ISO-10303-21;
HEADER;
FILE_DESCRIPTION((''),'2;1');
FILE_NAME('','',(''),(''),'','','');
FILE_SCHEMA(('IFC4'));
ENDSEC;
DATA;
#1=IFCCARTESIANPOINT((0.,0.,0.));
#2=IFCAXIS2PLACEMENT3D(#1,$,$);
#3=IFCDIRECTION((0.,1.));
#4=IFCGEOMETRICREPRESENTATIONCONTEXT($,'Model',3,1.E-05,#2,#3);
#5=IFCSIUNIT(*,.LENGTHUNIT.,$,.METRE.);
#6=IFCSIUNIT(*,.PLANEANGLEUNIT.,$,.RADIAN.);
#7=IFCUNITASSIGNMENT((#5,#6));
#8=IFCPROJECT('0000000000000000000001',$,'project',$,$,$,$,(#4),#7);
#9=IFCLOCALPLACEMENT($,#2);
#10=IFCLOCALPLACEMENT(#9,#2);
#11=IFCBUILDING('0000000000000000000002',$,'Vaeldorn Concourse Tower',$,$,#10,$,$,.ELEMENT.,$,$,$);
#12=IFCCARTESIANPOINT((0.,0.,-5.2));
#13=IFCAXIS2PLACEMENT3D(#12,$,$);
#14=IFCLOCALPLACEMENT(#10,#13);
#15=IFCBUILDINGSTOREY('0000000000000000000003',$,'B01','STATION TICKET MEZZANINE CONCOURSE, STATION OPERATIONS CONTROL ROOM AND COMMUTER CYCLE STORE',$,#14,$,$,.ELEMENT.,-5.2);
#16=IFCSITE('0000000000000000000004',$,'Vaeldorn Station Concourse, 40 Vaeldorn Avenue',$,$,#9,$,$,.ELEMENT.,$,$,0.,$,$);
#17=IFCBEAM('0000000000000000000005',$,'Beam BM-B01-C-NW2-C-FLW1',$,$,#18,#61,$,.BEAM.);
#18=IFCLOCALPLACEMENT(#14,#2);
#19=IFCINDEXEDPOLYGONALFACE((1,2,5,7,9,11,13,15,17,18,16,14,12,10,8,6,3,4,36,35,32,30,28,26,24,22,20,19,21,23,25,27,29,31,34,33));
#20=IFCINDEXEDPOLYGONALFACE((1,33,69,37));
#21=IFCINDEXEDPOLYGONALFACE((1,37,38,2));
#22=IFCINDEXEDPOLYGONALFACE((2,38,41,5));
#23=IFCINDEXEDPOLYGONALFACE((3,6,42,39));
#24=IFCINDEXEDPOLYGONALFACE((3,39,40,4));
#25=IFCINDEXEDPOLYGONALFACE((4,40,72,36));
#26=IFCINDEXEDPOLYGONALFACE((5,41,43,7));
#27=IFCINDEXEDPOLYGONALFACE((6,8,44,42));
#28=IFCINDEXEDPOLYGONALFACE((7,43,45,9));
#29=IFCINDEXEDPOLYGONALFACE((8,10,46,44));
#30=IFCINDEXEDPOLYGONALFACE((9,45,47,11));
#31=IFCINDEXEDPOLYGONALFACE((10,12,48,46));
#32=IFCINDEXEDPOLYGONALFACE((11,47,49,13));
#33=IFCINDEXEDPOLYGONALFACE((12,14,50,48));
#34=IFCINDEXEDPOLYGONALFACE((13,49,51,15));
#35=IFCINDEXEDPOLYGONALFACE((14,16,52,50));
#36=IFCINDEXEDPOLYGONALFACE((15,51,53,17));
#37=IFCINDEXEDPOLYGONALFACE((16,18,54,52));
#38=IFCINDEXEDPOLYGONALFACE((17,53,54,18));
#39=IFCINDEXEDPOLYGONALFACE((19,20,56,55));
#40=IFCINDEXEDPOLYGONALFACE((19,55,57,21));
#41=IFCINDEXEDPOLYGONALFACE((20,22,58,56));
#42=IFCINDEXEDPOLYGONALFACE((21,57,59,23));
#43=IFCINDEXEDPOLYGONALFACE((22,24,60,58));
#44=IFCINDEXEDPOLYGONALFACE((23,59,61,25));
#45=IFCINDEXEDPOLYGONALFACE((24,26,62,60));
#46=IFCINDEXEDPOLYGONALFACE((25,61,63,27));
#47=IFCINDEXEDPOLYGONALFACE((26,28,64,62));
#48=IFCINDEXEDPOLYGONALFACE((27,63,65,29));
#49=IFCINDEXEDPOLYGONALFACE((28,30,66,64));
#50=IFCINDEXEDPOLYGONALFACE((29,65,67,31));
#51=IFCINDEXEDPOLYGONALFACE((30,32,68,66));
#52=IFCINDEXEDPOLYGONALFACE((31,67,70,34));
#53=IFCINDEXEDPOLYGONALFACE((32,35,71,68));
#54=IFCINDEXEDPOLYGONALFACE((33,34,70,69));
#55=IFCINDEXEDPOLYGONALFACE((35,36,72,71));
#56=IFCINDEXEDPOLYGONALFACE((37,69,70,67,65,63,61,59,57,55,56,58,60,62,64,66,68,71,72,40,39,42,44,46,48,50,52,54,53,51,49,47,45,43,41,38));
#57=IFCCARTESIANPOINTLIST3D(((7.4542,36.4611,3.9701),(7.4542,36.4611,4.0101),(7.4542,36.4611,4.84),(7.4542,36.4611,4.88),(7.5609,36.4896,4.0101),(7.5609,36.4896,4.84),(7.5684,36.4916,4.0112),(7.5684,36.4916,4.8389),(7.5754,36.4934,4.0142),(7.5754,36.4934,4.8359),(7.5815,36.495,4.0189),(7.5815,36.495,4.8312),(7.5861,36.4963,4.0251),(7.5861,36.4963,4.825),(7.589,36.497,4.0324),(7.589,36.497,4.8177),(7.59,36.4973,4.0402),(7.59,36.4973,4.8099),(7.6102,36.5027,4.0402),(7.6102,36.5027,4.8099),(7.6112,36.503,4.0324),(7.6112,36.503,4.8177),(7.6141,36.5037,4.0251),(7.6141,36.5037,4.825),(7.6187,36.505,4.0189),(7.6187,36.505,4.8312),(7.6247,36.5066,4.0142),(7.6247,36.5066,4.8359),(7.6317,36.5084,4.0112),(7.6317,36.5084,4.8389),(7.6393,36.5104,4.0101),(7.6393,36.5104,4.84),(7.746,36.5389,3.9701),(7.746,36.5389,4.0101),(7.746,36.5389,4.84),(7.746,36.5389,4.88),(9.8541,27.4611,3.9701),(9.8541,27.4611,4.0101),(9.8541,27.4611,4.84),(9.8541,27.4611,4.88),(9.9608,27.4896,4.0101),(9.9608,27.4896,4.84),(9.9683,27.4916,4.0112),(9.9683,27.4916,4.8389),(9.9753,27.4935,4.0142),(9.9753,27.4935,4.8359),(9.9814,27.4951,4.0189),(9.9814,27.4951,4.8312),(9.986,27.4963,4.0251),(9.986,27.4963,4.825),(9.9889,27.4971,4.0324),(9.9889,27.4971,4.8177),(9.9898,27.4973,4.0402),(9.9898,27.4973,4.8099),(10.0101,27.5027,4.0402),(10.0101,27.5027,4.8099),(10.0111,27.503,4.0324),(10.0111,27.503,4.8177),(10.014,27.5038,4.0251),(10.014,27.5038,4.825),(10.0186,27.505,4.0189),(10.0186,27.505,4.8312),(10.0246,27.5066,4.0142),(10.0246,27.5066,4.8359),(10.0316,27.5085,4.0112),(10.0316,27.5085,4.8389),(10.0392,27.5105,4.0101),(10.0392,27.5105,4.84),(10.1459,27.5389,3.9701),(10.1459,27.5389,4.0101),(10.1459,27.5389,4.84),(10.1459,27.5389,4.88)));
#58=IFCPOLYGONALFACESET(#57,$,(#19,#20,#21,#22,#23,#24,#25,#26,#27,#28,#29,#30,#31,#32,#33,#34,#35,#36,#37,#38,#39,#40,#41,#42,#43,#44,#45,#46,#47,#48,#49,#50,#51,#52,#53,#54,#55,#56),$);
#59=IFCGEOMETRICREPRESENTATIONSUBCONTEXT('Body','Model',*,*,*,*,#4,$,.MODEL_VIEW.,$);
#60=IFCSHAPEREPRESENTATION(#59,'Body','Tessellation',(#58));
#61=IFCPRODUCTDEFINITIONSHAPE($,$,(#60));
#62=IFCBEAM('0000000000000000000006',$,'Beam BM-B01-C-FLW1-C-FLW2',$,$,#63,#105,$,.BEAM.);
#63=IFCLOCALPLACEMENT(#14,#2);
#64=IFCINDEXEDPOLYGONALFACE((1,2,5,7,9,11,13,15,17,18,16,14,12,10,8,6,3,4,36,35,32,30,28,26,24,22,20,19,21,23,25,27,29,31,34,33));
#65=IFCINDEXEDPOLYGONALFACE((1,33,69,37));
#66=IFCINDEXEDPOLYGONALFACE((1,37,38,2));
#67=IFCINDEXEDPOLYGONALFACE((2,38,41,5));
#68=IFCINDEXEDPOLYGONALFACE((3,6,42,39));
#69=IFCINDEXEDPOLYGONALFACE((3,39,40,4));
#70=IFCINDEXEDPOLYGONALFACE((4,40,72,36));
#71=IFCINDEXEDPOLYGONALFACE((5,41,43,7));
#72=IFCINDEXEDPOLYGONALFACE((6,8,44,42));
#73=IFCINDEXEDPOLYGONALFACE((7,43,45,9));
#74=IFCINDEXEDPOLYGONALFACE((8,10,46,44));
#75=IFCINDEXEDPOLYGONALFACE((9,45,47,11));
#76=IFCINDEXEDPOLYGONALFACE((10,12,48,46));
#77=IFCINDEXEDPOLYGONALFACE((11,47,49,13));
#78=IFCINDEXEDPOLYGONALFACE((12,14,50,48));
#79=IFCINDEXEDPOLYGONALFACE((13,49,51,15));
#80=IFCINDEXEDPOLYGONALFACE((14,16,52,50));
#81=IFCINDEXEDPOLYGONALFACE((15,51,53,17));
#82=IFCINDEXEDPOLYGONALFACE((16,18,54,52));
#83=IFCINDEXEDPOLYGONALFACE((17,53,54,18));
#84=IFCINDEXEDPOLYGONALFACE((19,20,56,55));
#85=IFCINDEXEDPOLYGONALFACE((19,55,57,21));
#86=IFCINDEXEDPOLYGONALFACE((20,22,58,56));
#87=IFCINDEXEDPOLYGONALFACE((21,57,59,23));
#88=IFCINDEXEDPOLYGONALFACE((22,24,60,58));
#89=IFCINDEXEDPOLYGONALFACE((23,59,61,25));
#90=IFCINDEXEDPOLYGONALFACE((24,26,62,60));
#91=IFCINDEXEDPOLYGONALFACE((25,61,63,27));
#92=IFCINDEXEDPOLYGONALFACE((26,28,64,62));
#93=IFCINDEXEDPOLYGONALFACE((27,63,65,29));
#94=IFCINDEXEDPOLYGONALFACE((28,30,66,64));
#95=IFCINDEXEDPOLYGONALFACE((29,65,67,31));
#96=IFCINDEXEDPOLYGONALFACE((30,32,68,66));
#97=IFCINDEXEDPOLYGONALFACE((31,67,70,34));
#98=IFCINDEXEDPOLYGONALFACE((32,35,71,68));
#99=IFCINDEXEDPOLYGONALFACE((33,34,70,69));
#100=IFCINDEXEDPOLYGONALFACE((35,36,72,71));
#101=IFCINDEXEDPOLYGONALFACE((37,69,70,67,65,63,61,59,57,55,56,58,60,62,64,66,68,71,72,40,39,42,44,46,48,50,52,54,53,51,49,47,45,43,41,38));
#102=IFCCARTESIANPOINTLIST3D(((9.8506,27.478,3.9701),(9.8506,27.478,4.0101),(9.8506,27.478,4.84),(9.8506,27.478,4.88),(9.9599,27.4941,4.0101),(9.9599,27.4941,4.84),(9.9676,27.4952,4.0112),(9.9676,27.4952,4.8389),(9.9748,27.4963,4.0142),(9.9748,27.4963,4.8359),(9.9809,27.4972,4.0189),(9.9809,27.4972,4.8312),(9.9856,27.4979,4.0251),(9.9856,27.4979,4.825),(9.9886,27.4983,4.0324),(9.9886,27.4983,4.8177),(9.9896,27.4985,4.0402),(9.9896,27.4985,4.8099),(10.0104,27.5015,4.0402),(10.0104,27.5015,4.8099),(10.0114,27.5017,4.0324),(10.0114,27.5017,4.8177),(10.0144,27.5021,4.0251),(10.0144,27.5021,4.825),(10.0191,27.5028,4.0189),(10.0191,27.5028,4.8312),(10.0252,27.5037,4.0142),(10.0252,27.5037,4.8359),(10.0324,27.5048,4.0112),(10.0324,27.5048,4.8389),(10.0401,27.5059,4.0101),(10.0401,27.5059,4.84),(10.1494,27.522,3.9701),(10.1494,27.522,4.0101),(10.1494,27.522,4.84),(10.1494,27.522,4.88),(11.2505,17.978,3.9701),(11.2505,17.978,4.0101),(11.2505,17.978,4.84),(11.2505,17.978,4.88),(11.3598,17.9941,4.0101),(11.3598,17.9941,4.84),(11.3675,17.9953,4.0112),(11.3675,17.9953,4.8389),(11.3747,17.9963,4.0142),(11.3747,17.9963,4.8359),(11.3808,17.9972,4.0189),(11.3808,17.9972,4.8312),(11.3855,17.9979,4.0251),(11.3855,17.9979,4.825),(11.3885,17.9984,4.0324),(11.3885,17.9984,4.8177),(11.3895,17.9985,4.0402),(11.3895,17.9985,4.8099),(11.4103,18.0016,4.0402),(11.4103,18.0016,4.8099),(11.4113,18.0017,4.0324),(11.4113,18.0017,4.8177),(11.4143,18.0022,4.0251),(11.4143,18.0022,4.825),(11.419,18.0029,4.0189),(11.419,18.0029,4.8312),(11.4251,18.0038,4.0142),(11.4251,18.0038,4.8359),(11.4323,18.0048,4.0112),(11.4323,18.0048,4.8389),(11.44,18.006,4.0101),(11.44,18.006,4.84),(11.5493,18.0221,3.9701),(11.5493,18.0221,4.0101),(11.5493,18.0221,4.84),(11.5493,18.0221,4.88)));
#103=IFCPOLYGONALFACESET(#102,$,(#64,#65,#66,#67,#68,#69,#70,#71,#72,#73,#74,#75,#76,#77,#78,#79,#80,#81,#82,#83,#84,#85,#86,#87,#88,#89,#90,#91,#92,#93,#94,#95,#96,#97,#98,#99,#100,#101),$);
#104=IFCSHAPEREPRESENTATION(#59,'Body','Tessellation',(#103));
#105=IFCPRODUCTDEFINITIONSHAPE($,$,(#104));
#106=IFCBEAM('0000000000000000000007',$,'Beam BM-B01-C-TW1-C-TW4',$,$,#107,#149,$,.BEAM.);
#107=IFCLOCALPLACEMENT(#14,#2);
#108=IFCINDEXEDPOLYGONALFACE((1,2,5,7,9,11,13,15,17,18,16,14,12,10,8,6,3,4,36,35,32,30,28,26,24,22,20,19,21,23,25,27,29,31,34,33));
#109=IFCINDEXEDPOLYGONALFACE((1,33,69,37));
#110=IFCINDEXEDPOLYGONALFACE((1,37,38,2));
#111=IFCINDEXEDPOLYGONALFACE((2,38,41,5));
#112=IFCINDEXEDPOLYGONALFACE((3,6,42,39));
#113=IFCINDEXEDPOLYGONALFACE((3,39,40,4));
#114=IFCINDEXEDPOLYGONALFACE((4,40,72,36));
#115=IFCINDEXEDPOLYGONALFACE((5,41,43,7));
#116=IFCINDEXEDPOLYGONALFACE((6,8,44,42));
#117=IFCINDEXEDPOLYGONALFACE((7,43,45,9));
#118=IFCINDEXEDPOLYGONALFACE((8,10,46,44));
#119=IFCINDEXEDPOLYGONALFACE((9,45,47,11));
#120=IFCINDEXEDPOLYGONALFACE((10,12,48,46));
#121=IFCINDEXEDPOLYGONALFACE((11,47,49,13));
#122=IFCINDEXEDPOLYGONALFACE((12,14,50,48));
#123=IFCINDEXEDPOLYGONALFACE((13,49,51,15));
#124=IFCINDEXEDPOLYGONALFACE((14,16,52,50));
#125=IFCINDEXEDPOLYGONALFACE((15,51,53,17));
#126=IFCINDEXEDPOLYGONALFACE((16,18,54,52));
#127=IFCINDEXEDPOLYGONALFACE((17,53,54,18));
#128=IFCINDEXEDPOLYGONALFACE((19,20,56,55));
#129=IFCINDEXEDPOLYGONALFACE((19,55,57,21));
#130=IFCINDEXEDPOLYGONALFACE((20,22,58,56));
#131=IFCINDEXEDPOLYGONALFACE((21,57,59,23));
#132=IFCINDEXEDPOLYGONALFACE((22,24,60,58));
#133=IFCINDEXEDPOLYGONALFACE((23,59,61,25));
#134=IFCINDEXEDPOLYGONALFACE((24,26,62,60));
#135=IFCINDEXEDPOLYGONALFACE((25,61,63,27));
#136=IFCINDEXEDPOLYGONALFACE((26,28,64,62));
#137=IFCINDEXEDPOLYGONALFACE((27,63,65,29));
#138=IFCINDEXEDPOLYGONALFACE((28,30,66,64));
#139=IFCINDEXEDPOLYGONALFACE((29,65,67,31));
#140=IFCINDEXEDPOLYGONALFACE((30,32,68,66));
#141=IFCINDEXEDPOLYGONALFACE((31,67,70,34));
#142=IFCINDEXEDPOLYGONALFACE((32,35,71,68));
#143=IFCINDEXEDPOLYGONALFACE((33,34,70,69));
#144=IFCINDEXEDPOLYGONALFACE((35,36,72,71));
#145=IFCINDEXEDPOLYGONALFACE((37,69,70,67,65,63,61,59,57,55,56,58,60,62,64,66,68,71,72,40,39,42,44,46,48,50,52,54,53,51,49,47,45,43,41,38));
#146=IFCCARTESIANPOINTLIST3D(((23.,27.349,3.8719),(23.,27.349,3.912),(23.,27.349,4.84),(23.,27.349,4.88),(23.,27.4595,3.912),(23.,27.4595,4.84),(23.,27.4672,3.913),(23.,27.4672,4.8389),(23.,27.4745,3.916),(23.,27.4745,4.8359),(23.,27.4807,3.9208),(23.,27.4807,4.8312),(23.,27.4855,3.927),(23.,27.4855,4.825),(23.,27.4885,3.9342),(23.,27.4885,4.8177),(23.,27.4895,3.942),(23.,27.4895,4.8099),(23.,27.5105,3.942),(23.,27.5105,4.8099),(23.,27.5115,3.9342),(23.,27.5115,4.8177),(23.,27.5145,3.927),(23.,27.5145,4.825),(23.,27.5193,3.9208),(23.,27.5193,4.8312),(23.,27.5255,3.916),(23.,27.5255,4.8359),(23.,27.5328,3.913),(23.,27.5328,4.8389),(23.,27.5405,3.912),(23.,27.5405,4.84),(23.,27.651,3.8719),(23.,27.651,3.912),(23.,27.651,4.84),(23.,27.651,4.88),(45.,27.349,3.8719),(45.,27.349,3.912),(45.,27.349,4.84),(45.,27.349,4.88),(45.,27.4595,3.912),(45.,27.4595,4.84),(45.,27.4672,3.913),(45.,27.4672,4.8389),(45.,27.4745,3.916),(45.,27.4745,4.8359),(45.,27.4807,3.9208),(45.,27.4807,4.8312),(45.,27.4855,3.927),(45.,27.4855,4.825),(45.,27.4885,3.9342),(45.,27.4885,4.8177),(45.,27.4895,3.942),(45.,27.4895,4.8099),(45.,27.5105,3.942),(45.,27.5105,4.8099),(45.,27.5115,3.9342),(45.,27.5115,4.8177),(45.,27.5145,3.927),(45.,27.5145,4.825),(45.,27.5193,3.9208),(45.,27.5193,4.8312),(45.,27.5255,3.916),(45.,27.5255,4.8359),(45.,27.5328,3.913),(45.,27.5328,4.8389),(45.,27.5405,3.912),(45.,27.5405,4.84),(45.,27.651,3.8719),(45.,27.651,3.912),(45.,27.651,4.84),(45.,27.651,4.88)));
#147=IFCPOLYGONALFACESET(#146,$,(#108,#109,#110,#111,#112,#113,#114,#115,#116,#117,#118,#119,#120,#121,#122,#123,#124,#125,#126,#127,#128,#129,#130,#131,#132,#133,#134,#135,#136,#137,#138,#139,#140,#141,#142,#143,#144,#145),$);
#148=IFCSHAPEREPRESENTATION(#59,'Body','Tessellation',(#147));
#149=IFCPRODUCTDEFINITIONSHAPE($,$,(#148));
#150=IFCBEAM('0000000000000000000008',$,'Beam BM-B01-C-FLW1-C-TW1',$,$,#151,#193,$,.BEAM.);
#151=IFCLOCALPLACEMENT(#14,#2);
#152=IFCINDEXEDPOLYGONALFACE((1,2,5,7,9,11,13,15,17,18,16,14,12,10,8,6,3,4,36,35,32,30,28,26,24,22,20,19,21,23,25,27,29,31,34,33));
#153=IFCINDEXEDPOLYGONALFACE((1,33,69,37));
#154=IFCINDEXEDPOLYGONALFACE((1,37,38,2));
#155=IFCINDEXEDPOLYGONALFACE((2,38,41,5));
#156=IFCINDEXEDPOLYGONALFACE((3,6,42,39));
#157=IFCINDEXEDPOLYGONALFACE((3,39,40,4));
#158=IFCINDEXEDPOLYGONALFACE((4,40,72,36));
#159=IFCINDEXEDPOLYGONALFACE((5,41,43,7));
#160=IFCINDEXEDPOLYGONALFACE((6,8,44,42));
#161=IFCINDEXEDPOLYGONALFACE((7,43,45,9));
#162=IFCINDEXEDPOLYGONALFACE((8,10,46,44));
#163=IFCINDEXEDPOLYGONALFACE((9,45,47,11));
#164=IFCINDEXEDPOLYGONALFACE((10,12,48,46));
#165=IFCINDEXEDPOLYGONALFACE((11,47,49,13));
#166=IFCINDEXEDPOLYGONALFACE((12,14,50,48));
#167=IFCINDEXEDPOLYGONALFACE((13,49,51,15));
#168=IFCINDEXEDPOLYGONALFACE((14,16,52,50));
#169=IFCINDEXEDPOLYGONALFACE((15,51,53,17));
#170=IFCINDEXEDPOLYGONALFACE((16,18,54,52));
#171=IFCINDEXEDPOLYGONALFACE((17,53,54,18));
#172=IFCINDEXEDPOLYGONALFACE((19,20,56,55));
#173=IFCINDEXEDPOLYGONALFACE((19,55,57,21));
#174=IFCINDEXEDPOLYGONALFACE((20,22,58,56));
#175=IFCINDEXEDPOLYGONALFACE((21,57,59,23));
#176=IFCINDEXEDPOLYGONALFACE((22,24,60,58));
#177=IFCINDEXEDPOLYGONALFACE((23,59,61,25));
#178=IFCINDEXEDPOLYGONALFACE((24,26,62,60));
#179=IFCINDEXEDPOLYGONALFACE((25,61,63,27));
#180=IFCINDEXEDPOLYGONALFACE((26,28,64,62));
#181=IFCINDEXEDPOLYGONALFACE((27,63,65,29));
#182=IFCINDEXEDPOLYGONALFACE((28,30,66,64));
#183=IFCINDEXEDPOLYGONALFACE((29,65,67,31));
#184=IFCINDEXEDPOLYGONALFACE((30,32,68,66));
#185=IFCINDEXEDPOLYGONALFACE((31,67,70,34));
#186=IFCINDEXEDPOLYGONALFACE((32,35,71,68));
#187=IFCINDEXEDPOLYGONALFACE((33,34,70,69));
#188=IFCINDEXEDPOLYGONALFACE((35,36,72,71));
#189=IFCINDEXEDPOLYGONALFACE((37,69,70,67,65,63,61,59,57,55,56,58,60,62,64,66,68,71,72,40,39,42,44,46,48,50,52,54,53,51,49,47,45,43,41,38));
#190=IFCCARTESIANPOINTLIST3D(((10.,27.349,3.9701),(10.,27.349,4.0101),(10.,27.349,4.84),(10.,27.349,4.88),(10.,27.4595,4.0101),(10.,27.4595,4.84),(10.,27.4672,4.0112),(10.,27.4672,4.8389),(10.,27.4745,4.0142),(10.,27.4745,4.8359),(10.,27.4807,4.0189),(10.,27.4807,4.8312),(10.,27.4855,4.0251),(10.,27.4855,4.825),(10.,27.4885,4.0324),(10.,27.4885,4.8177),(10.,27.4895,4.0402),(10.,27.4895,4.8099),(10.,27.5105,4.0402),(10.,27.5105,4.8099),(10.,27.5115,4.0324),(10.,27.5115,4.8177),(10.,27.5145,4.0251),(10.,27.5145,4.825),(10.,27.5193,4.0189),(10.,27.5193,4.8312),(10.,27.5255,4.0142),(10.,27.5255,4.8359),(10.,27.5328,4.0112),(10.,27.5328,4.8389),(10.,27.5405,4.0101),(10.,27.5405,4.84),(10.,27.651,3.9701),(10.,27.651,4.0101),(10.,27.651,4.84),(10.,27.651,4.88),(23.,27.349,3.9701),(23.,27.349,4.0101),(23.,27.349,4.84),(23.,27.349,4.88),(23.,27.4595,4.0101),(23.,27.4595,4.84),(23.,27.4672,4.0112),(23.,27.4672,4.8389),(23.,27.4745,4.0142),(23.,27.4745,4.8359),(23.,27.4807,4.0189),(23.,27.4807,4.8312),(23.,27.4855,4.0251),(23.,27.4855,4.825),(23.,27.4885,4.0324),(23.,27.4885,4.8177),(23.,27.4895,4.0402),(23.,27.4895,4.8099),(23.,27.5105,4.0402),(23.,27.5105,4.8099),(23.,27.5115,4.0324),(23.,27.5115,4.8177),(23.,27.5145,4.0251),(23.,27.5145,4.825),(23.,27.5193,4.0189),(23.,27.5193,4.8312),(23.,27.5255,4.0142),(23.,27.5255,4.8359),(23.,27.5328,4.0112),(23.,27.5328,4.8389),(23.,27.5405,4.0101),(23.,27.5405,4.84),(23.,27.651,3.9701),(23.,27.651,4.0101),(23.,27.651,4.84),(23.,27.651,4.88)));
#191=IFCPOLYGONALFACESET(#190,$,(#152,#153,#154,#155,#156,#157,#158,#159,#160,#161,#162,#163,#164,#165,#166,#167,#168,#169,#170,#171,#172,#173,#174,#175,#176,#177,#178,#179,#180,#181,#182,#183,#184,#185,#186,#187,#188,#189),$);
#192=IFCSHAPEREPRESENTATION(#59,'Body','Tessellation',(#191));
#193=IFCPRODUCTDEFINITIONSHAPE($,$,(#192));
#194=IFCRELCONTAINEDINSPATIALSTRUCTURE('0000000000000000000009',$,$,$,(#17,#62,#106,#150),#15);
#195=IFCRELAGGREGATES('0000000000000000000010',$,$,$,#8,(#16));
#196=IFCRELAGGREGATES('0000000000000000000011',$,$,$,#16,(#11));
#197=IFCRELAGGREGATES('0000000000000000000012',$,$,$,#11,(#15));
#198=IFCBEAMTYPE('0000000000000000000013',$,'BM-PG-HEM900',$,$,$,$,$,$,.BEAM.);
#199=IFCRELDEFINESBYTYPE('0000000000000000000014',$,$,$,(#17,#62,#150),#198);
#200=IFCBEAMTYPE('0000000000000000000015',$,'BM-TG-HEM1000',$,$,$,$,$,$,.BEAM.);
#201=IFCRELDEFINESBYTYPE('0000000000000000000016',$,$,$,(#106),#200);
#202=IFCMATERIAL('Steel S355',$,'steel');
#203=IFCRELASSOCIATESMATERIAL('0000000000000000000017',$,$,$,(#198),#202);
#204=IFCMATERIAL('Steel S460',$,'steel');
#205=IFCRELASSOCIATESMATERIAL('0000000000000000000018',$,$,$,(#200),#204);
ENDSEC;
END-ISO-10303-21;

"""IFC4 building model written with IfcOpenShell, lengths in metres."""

from ifc_helpers import new_model, si_unit, direction, frame, origin, origin_2d, place, context, subcontext, project, spatial, i_section, extrude, source, transform, mapped, material, material_profile, profile_set, type_object, element, save


model = new_model("IFC4")

# Units and contexts
model_context = context("Model", 3, precision=1e-05, world=origin(), true_north=direction((0.0, 1.0)))
body_context = subcontext(model_context, "Body", "Model", "MODEL_VIEW")
ifc_project = project(units=[si_unit("LENGTHUNIT", "METRE"), si_unit("PLANEANGLEUNIT", "RADIAN")], contexts=[model_context])

# Site, building, storey
site_placement = place(None, origin())
site = spatial("IfcSite", under=ifc_project, at=site_placement, Name="Vaeldorn Station Concourse, 40 Vaeldorn Avenue", CompositionType="ELEMENT", RefElevation=0.0)
building_placement = place(site_placement, origin())
building = spatial("IfcBuilding", under=site, at=building_placement, Name="Vaeldorn Concourse Tower", CompositionType="ELEMENT")
storey_placement = place(building_placement, frame((0.0, 0.0, -5.2)))
storey = spatial("IfcBuildingStorey", under=building, at=storey_placement, Name="B01", Description="STATION TICKET MEZZANINE CONCOURSE, STATION OPERATIONS CONTROL ROOM AND COMMUTER CYCLE STORE", CompositionType="ELEMENT", Elevation=-5.2)

# Shared definitions
ifc_material_1 = material(Name="Steel S460", Category="steel")

# Beams
ifc_material_2 = material(Name="Steel S355", Category="steel")
ifc_material_profile_1 = material_profile(ifc_material_2, i_section(OverallWidth=0.302, OverallDepth=0.9099, WebThickness=0.021, FlangeThickness=0.04, FilletRadius=0.03, at=origin_2d()), Name="HEM 900")
ifc_profile_set_1 = profile_set([ifc_material_profile_1], Name="Steel S355")
beam_type_1 = type_object("IfcBeamType", Name="BM-PG-HEM900", PredefinedType="BEAM", material=ifc_profile_set_1)
shared_shape_1 = source(origin(), body_context, "Body", "SweptSolid", [
    extrude(i_section(OverallWidth=0.302, OverallDepth=0.9099, WebThickness=0.021, FlangeThickness=0.04, FilletRadius=0.03, at=origin_2d()), origin(), (0.0, 0.0, 1.0), 9.3145),
])
beam_1_placement = place(storey_placement, frame((7.6001, 36.5, 4.425), z_axis=(0.257653, -0.966238, 0.0), x_axis=(0.966238, 0.257653, 0.0)))
element("IfcBeam", 1, at=beam_1_placement, inside=storey, type_object=beam_type_1, Name="Beam BM-B01-C-NW2-C-FLW1", PredefinedType="BEAM", context=body_context, shape_type="MappedRepresentation", body=[
    mapped(shared_shape_1, transform((0.0, 0.0, 0.0), scale=1.0)),
])
shared_shape_2 = source(origin(), body_context, "Body", "SweptSolid", [
    extrude(i_section(OverallWidth=0.302, OverallDepth=0.9099, WebThickness=0.021, FlangeThickness=0.04, FilletRadius=0.03, at=origin_2d()), origin(), (0.0, 0.0, 1.0), 9.6025),
])
beam_2_placement = place(storey_placement, frame((10.0, 27.5, 4.425), z_axis=(0.145784, -0.989316, 0.0), x_axis=(0.989316, 0.145784, 0.0)))
element("IfcBeam", 2, at=beam_2_placement, inside=storey, type_object=beam_type_1, Name="Beam BM-B01-C-FLW1-C-FLW2", PredefinedType="BEAM", context=body_context, shape_type="MappedRepresentation", body=[
    mapped(shared_shape_2, transform((0.0, 0.0, 0.0), scale=1.0)),
])
ifc_material_profile_2 = material_profile(ifc_material_1, i_section(OverallWidth=0.302, OverallDepth=1.0081, WebThickness=0.021, FlangeThickness=0.04, FilletRadius=0.03, at=origin_2d()), Name="HEM 1000")
ifc_profile_set_2 = profile_set([ifc_material_profile_2], Name="Steel S460")
beam_type_2 = type_object("IfcBeamType", Name="BM-TG-HEM1000", PredefinedType="BEAM", material=ifc_profile_set_2)
shared_shape_3 = source(origin(), body_context, "Body", "SweptSolid", [
    extrude(i_section(OverallWidth=0.302, OverallDepth=1.0081, WebThickness=0.021, FlangeThickness=0.04, FilletRadius=0.03, at=origin_2d()), origin(), (0.0, 0.0, 1.0), 22.0),
])
beam_3_placement = place(storey_placement, frame((23.0, 27.5, 4.376), z_axis=(1.0, 0.0, 0.0), x_axis=(0.0, 1.0, 0.0)))
element("IfcBeam", 3, at=beam_3_placement, inside=storey, type_object=beam_type_2, Name="Beam BM-B01-C-TW1-C-TW4", PredefinedType="BEAM", context=body_context, shape_type="MappedRepresentation", body=[
    mapped(shared_shape_3, transform((0.0, 0.0, 0.0), scale=1.0)),
])
shared_shape_4 = source(origin(), body_context, "Body", "SweptSolid", [
    extrude(i_section(OverallWidth=0.302, OverallDepth=0.9099, WebThickness=0.021, FlangeThickness=0.04, FilletRadius=0.03, at=origin_2d()), origin(), (0.0, 0.0, 1.0), 13.0),
])
beam_4_placement = place(storey_placement, frame((10.0, 27.5, 4.425), z_axis=(1.0, 0.0, 0.0), x_axis=(0.0, 1.0, 0.0)))
element("IfcBeam", 4, at=beam_4_placement, inside=storey, type_object=beam_type_1, Name="Beam BM-B01-C-FLW1-C-TW1", PredefinedType="BEAM", context=body_context, shape_type="MappedRepresentation", body=[
    mapped(shared_shape_4, transform((0.0, 0.0, 0.0), scale=1.0)),
])

save(model, "model.ifc")
